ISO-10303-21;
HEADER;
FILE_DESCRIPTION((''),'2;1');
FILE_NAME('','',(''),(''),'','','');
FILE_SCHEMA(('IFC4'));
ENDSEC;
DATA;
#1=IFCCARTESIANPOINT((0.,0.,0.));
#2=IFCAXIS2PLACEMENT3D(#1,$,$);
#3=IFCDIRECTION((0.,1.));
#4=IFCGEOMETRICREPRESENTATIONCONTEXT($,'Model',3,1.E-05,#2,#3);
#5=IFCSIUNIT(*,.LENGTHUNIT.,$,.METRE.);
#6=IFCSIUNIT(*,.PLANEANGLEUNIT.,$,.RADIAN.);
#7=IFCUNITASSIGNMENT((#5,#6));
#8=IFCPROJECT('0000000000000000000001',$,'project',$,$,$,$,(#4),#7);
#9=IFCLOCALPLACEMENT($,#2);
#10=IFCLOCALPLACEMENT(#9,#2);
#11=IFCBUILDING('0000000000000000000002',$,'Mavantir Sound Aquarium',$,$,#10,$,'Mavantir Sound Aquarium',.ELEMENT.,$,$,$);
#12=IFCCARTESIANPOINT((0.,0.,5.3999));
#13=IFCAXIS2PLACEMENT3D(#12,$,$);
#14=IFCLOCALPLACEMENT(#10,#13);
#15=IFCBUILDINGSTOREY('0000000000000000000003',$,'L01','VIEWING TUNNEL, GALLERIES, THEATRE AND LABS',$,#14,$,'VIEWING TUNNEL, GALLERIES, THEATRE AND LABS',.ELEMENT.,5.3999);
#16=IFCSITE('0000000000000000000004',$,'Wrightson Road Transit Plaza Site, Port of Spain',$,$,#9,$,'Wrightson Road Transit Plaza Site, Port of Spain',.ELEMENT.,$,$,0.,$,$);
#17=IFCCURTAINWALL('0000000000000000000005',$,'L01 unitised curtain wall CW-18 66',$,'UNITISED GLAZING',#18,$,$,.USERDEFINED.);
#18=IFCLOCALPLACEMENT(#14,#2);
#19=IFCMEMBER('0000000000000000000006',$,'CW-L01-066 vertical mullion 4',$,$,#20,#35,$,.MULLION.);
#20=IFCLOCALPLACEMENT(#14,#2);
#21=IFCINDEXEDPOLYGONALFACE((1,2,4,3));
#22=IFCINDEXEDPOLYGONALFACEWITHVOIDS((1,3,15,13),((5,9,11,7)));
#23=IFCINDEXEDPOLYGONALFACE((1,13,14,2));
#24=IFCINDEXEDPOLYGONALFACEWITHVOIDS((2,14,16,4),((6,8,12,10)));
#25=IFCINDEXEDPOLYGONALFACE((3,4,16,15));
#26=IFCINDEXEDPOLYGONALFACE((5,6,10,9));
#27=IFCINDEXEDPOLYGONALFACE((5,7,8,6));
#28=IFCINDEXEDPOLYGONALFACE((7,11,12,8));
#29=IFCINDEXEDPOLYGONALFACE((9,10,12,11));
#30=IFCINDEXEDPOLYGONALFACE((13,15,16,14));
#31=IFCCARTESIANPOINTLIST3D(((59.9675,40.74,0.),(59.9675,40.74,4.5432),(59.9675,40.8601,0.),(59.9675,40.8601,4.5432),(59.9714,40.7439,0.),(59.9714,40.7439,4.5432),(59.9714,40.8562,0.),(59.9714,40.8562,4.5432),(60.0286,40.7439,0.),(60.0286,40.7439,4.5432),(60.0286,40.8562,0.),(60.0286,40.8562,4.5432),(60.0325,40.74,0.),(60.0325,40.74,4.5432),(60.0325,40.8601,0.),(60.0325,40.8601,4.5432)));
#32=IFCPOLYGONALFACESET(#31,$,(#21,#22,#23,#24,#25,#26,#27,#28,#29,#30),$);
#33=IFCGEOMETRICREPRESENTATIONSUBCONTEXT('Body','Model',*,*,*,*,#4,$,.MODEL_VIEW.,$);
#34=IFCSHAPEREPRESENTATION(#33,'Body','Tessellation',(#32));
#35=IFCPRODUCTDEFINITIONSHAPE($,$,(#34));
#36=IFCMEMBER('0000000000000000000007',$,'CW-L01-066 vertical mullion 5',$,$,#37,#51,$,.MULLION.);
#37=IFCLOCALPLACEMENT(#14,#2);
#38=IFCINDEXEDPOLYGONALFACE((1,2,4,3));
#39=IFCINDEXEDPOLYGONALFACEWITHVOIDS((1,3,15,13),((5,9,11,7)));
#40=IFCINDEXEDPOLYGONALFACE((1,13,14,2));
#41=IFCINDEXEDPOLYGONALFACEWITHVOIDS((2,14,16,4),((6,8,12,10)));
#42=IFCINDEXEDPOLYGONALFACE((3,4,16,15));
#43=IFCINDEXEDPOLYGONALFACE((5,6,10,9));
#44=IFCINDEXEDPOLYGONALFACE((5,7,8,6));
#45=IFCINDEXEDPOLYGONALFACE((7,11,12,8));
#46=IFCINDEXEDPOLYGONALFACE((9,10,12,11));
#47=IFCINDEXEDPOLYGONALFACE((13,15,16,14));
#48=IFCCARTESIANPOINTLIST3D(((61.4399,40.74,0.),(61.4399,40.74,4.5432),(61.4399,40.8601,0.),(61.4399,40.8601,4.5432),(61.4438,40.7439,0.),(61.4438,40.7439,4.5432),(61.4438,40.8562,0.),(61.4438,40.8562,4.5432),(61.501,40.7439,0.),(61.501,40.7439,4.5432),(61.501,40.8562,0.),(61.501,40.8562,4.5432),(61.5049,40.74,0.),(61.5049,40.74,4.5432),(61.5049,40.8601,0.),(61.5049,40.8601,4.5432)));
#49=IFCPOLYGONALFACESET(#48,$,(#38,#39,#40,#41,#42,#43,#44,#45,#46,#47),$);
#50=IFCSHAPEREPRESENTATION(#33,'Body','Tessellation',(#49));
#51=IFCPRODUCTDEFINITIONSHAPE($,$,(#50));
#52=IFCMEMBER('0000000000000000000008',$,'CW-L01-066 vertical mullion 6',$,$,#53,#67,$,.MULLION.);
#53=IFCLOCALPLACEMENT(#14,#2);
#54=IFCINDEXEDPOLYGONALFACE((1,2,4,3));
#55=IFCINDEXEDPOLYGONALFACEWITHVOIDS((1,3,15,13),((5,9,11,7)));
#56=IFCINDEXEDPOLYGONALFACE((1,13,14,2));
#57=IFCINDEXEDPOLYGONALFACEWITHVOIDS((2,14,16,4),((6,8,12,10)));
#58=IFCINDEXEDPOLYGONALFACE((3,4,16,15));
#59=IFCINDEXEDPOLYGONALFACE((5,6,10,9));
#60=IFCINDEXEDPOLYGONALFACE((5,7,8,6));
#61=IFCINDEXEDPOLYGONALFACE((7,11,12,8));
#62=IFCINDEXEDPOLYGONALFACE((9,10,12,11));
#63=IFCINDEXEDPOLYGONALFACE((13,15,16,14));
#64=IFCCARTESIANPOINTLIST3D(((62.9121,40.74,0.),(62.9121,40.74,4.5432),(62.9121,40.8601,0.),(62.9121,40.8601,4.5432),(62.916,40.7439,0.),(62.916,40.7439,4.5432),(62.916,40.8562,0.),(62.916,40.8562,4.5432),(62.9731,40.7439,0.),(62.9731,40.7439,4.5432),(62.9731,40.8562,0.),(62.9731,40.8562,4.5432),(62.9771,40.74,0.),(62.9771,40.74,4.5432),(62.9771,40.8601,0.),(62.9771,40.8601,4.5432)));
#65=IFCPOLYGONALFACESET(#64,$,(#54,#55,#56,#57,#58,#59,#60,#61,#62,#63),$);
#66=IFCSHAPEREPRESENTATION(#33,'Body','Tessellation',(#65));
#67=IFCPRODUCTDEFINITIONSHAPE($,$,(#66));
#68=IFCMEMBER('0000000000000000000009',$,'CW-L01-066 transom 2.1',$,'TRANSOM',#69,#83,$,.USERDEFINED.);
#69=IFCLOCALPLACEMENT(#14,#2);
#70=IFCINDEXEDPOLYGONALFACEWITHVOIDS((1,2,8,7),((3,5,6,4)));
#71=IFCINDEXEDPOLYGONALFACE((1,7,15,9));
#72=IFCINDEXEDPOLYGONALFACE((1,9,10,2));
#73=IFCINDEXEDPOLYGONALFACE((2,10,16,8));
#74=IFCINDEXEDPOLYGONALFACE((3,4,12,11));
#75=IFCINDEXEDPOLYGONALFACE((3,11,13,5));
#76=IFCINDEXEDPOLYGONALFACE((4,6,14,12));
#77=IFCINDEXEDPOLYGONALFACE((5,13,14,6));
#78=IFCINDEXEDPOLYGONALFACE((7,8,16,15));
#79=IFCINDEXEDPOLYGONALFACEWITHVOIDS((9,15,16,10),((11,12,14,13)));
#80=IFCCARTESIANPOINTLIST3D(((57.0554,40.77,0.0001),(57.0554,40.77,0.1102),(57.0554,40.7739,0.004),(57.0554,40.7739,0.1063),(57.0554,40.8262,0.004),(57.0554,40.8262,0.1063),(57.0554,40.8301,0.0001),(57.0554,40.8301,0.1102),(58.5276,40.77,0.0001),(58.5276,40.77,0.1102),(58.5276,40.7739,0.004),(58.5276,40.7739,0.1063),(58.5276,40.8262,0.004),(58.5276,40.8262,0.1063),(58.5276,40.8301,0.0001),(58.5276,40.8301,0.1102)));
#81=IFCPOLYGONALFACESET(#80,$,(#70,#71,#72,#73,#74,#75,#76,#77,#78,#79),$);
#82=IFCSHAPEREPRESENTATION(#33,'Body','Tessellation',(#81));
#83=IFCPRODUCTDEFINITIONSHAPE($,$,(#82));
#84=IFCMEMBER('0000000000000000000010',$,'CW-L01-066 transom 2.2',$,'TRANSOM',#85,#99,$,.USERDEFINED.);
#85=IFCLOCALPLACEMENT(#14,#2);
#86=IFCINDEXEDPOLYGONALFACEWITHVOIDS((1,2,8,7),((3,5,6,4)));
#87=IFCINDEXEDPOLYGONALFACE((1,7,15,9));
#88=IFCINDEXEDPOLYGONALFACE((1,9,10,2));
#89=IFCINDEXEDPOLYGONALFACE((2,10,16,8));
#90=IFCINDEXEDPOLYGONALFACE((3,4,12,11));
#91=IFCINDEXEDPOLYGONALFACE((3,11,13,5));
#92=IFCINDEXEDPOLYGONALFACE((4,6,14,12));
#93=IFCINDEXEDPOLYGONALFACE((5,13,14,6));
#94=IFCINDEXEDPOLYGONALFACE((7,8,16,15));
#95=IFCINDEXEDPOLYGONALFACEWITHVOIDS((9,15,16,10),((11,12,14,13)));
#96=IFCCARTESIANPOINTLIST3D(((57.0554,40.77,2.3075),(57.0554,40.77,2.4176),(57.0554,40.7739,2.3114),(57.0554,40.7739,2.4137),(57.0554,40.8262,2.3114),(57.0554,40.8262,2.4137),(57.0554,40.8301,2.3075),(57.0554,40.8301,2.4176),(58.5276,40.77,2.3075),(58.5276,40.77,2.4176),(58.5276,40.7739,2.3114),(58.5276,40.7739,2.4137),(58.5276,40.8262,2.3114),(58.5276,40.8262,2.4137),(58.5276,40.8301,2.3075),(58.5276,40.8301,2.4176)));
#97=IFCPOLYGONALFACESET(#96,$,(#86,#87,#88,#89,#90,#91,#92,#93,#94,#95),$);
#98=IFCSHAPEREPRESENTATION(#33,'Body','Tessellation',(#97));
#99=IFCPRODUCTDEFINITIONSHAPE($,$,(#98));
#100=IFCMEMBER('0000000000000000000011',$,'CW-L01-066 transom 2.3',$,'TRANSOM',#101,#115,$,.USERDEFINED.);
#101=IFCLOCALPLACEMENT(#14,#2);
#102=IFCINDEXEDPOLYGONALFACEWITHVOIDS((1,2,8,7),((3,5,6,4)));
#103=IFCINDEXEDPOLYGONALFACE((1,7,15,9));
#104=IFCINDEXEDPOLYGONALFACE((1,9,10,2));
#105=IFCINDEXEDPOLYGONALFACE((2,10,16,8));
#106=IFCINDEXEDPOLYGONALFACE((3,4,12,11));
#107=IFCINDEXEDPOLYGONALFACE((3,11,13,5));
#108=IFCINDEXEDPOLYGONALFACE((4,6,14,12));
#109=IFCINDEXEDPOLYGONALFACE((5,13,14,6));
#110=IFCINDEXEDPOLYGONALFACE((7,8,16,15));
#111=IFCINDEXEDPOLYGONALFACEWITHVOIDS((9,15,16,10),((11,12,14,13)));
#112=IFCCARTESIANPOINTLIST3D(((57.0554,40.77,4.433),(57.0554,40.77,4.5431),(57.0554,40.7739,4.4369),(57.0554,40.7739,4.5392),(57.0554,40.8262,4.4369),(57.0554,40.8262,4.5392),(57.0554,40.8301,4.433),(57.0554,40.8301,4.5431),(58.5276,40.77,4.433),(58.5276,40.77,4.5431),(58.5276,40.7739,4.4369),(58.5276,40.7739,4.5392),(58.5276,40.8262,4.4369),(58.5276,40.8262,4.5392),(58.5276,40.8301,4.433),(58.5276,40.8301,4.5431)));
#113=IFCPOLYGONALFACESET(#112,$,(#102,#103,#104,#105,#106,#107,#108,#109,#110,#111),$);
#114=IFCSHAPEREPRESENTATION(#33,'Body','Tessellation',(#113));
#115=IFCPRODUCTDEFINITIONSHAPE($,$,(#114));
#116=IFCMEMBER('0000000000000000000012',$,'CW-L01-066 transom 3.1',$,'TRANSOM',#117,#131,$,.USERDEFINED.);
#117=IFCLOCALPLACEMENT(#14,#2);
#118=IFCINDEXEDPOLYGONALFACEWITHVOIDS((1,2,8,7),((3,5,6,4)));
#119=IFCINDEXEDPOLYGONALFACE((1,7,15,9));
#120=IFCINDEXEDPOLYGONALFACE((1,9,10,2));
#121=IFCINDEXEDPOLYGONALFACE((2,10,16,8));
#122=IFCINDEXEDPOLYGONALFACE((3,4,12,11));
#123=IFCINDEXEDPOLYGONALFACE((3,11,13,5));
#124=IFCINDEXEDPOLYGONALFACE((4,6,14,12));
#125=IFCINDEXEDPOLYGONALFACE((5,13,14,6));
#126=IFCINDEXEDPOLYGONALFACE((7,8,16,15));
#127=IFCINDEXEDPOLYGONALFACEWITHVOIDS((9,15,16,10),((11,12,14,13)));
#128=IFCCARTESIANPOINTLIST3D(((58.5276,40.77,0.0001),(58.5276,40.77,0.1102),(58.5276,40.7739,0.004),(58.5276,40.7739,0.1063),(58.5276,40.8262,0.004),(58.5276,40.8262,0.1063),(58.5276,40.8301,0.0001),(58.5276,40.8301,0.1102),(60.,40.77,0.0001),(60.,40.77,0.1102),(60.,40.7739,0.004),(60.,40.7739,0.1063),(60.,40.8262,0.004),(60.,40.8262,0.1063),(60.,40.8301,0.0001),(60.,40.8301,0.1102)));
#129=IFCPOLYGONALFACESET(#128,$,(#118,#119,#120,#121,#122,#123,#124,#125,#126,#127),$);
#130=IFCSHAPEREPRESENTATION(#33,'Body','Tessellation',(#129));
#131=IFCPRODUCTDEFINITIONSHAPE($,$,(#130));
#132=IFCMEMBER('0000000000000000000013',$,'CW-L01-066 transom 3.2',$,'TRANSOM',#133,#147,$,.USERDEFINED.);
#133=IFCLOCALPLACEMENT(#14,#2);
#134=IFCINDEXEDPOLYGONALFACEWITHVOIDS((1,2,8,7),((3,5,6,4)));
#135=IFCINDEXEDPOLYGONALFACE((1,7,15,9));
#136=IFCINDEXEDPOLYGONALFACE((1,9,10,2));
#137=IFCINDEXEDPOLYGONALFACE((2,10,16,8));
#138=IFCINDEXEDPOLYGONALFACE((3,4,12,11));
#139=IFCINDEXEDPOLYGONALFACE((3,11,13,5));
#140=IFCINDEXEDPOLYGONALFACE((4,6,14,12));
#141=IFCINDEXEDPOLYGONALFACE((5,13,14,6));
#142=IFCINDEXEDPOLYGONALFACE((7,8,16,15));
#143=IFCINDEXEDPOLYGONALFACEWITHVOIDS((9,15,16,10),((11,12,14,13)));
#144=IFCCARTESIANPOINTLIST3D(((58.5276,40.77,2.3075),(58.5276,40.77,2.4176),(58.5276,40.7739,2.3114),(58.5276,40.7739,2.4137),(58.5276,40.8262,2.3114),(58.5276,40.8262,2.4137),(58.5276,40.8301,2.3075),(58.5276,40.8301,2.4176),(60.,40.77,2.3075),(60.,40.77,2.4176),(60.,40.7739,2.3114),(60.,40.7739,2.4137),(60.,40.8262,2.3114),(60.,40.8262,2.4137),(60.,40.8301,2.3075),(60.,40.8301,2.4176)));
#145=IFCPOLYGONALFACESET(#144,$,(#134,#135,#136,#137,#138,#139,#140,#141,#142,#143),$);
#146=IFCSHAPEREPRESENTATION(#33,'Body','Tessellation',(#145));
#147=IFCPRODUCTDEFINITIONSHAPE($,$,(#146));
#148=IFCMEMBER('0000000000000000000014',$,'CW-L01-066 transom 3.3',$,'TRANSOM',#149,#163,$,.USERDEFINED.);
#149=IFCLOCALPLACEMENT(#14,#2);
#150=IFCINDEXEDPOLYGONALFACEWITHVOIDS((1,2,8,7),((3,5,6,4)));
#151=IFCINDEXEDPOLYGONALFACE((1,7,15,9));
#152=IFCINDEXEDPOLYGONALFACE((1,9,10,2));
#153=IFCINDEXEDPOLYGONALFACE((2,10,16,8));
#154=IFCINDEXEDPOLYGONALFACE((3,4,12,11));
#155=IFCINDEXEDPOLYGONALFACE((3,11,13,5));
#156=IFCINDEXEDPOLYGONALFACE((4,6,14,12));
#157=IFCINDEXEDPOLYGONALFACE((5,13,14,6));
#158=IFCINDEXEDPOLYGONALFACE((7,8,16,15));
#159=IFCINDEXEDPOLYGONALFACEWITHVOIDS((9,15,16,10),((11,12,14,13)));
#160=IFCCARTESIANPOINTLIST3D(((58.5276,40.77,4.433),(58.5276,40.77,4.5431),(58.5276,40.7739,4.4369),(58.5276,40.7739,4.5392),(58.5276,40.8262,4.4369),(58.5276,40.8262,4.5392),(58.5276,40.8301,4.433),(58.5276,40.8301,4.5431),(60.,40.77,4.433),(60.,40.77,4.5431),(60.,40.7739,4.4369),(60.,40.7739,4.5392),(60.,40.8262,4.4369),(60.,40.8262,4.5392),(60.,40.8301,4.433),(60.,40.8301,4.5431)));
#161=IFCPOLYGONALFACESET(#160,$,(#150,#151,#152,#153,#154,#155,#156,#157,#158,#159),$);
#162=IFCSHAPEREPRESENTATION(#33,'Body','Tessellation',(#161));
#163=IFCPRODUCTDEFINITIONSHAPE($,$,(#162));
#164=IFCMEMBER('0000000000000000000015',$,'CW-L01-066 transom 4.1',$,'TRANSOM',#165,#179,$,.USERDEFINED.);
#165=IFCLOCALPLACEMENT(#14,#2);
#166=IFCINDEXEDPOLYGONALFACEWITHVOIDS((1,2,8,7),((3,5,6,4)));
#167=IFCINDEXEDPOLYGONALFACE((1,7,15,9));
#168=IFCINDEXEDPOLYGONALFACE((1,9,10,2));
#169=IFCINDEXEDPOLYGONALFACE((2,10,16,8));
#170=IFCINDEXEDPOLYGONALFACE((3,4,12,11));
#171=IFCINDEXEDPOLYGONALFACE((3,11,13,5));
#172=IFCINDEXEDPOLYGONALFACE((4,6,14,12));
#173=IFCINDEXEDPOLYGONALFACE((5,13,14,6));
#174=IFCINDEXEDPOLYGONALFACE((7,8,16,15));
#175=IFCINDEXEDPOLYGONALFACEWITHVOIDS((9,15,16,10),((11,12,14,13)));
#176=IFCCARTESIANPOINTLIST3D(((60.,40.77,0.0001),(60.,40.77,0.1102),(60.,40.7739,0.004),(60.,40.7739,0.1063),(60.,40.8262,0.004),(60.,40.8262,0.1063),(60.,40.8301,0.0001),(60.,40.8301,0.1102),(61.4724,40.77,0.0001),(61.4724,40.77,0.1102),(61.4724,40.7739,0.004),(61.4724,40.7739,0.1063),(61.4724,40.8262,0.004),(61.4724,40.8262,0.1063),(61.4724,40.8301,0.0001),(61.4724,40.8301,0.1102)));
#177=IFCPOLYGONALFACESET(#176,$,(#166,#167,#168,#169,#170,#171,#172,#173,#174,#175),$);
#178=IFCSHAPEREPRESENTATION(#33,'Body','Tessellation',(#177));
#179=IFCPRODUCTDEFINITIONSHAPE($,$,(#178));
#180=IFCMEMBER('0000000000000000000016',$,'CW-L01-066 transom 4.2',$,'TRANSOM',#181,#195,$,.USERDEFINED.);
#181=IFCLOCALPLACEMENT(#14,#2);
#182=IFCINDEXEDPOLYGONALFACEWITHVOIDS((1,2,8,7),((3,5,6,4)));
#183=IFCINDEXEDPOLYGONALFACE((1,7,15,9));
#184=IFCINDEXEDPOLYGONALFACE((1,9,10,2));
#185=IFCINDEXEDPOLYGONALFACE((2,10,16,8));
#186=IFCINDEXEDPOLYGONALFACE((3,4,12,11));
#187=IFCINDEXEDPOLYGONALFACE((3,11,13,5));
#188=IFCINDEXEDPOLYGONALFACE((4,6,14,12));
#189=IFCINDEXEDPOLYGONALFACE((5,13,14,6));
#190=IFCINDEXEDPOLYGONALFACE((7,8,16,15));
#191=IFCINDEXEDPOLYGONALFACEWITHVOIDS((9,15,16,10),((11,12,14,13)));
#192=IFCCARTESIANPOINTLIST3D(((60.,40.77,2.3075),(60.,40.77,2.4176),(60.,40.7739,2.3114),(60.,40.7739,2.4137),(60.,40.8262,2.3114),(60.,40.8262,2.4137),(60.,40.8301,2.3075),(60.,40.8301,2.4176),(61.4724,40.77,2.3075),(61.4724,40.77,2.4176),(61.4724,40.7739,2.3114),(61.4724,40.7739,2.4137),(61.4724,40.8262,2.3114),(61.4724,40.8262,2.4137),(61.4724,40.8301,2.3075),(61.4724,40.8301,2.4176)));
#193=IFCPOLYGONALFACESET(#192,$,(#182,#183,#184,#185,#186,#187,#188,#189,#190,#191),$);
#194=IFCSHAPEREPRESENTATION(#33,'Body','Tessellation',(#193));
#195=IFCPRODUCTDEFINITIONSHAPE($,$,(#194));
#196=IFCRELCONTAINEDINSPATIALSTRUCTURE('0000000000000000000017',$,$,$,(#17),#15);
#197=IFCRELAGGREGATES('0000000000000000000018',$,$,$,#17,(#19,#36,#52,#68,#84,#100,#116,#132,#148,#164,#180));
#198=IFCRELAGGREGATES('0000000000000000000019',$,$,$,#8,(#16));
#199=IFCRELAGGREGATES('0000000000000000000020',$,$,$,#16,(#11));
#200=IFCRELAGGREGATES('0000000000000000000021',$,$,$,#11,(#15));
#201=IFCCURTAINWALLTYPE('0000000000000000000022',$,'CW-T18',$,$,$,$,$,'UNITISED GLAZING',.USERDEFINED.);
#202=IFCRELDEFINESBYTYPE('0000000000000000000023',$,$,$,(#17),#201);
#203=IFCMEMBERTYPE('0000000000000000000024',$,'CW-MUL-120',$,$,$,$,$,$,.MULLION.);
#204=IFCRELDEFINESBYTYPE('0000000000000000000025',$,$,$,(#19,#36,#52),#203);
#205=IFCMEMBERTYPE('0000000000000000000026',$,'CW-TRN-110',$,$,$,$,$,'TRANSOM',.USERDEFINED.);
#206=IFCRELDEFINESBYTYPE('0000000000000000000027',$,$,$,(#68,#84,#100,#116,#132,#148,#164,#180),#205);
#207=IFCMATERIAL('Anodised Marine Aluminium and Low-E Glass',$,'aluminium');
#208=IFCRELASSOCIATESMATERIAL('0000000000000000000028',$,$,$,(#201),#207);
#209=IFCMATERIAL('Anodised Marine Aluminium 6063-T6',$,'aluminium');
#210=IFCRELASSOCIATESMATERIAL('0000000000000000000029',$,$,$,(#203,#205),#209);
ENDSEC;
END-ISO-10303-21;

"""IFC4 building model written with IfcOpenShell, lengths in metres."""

from ifc_helpers import new_model, si_unit, direction, frame, origin, origin_2d, place, context, subcontext, project, spatial, hollow_rectangle, extrude, material, material_profile, profile_set, type_object, element, aggregate, save


model = new_model("IFC4")

# Units and contexts
model_context = context("Model", 3, precision=1e-05, world=origin(), true_north=direction((0.0, 1.0)))
body_context = subcontext(model_context, "Body", "Model", "MODEL_VIEW")
ifc_project = project(units=[si_unit("LENGTHUNIT", "METRE"), si_unit("PLANEANGLEUNIT", "RADIAN")], contexts=[model_context])

# Site, building, storey
site_placement = place(None, origin())
site = spatial("IfcSite", under=ifc_project, at=site_placement, Name="Wrightson Road Transit Plaza Site, Port of Spain", LongName="Wrightson Road Transit Plaza Site, Port of Spain", CompositionType="ELEMENT", RefElevation=0.0)
building_placement = place(site_placement, origin())
building = spatial("IfcBuilding", under=site, at=building_placement, Name="Mavantir Sound Aquarium", LongName="Mavantir Sound Aquarium", CompositionType="ELEMENT")
storey_placement = place(building_placement, frame((0.0, 0.0, 5.3999)))
storey = spatial("IfcBuildingStorey", under=building, at=storey_placement, Name="L01", Description="VIEWING TUNNEL, GALLERIES, THEATRE AND LABS", LongName="VIEWING TUNNEL, GALLERIES, THEATRE AND LABS", CompositionType="ELEMENT", Elevation=5.3999)

# Curtain wall, members
ifc_material_1 = material(Name="Anodised Marine Aluminium and Low-E Glass", Category="aluminium")
curtain_wall_type = type_object("IfcCurtainWallType", Name="CW-T18", ElementType="UNITISED GLAZING", PredefinedType="USERDEFINED", material=ifc_material_1)
curtain_wall_placement = place(storey_placement, origin())
curtain_wall = element("IfcCurtainWall", 1, at=curtain_wall_placement, inside=storey, type_object=curtain_wall_type, Name="L01 unitised curtain wall CW-18 66", ObjectType="UNITISED GLAZING", PredefinedType="USERDEFINED")
ifc_material_2 = material(Name="Anodised Marine Aluminium 6063-T6", Category="aluminium")
ifc_material_profile_1 = material_profile(ifc_material_2, hollow_rectangle(XDim=0.0649, YDim=0.1201, WallThickness=0.0039, at=origin_2d()), Name="ALU-MULLION-120X65")
ifc_profile_set_1 = profile_set([ifc_material_profile_1], Name="Anodised Marine Aluminium 6063-T6")
member_type_1 = type_object("IfcMemberType", Name="CW-MUL-120", PredefinedType="MULLION", material=ifc_profile_set_1)
member_1_placement = place(storey_placement, frame((60.0, 40.8, 0.0), z_axis=(0.0, 0.0, 1.0), x_axis=(1.0, 0.0, 0.0)))
member_1 = element("IfcMember", 2, at=member_1_placement, type_object=member_type_1, Name="CW-L01-066 vertical mullion 4", PredefinedType="MULLION", context=body_context, shape_type="SweptSolid", body=[
    extrude(hollow_rectangle(XDim=0.0649, YDim=0.1201, WallThickness=0.0039, at=origin_2d()), origin(), (0.0, 0.0, 1.0), 4.5432),
])
member_2_placement = place(storey_placement, frame((61.4724, 40.8, 0.0), z_axis=(0.0, 0.0, 1.0), x_axis=(1.0, 0.0, 0.0)))
member_2 = element("IfcMember", 3, at=member_2_placement, type_object=member_type_1, Name="CW-L01-066 vertical mullion 5", PredefinedType="MULLION", context=body_context, shape_type="SweptSolid", body=[
    extrude(hollow_rectangle(XDim=0.0649, YDim=0.1201, WallThickness=0.0039, at=origin_2d()), origin(), (0.0, 0.0, 1.0), 4.5432),
])
member_3_placement = place(storey_placement, frame((62.9446, 40.8, 0.0), z_axis=(0.0, 0.0, 1.0), x_axis=(1.0, 0.0, 0.0)))
member_3 = element("IfcMember", 4, at=member_3_placement, type_object=member_type_1, Name="CW-L01-066 vertical mullion 6", PredefinedType="MULLION", context=body_context, shape_type="SweptSolid", body=[
    extrude(hollow_rectangle(XDim=0.0649, YDim=0.1201, WallThickness=0.0039, at=origin_2d()), origin(), (0.0, 0.0, 1.0), 4.5432),
])
ifc_material_profile_2 = material_profile(ifc_material_2, hollow_rectangle(XDim=0.0601, YDim=0.1101, WallThickness=0.0039, at=origin_2d()), Name="ALU-TRANSOM-110X60")
ifc_profile_set_2 = profile_set([ifc_material_profile_2], Name="Anodised Marine Aluminium 6063-T6")
member_type_2 = type_object("IfcMemberType", Name="CW-TRN-110", ElementType="TRANSOM", PredefinedType="USERDEFINED", material=ifc_profile_set_2)
member_4_placement = place(storey_placement, frame((57.0554, 40.8, 0.0552), z_axis=(1.0, 0.0, 0.0), x_axis=(0.0, 1.0, 0.0)))
member_4 = element("IfcMember", 5, at=member_4_placement, type_object=member_type_2, Name="CW-L01-066 transom 2.1", ObjectType="TRANSOM", PredefinedType="USERDEFINED", context=body_context, shape_type="SweptSolid", body=[
    extrude(hollow_rectangle(XDim=0.0601, YDim=0.1101, WallThickness=0.0039, at=origin_2d()), origin(), (0.0, 0.0, 1.0), 1.4722),
])
member_5_placement = place(storey_placement, frame((57.0554, 40.8, 2.3625), z_axis=(1.0, 0.0, 0.0), x_axis=(0.0, 1.0, 0.0)))
member_5 = element("IfcMember", 6, at=member_5_placement, type_object=member_type_2, Name="CW-L01-066 transom 2.2", ObjectType="TRANSOM", PredefinedType="USERDEFINED", context=body_context, shape_type="SweptSolid", body=[
    extrude(hollow_rectangle(XDim=0.0601, YDim=0.1101, WallThickness=0.0039, at=origin_2d()), origin(), (0.0, 0.0, 1.0), 1.4722),
])
member_6_placement = place(storey_placement, frame((57.0554, 40.8, 4.488), z_axis=(1.0, 0.0, 0.0), x_axis=(0.0, 1.0, 0.0)))
member_6 = element("IfcMember", 7, at=member_6_placement, type_object=member_type_2, Name="CW-L01-066 transom 2.3", ObjectType="TRANSOM", PredefinedType="USERDEFINED", context=body_context, shape_type="SweptSolid", body=[
    extrude(hollow_rectangle(XDim=0.0601, YDim=0.1101, WallThickness=0.0039, at=origin_2d()), origin(), (0.0, 0.0, 1.0), 1.4722),
])
member_7_placement = place(storey_placement, frame((58.5276, 40.8, 0.0552), z_axis=(1.0, 0.0, 0.0), x_axis=(0.0, 1.0, 0.0)))
member_7 = element("IfcMember", 8, at=member_7_placement, type_object=member_type_2, Name="CW-L01-066 transom 3.1", ObjectType="TRANSOM", PredefinedType="USERDEFINED", context=body_context, shape_type="SweptSolid", body=[
    extrude(hollow_rectangle(XDim=0.0601, YDim=0.1101, WallThickness=0.0039, at=origin_2d()), origin(), (0.0, 0.0, 1.0), 1.4724),
])
member_8_placement = place(storey_placement, frame((58.5276, 40.8, 2.3625), z_axis=(1.0, 0.0, 0.0), x_axis=(0.0, 1.0, 0.0)))
member_8 = element("IfcMember", 9, at=member_8_placement, type_object=member_type_2, Name="CW-L01-066 transom 3.2", ObjectType="TRANSOM", PredefinedType="USERDEFINED", context=body_context, shape_type="SweptSolid", body=[
    extrude(hollow_rectangle(XDim=0.0601, YDim=0.1101, WallThickness=0.0039, at=origin_2d()), origin(), (0.0, 0.0, 1.0), 1.4724),
])
member_9_placement = place(storey_placement, frame((58.5276, 40.8, 4.488), z_axis=(1.0, 0.0, 0.0), x_axis=(0.0, 1.0, 0.0)))
member_9 = element("IfcMember", 10, at=member_9_placement, type_object=member_type_2, Name="CW-L01-066 transom 3.3", ObjectType="TRANSOM", PredefinedType="USERDEFINED", context=body_context, shape_type="SweptSolid", body=[
    extrude(hollow_rectangle(XDim=0.0601, YDim=0.1101, WallThickness=0.0039, at=origin_2d()), origin(), (0.0, 0.0, 1.0), 1.4724),
])
member_10_placement = place(storey_placement, frame((60.0, 40.8, 0.0552), z_axis=(1.0, 0.0, 0.0), x_axis=(0.0, 1.0, 0.0)))
member_10 = element("IfcMember", 11, at=member_10_placement, type_object=member_type_2, Name="CW-L01-066 transom 4.1", ObjectType="TRANSOM", PredefinedType="USERDEFINED", context=body_context, shape_type="SweptSolid", body=[
    extrude(hollow_rectangle(XDim=0.0601, YDim=0.1101, WallThickness=0.0039, at=origin_2d()), origin(), (0.0, 0.0, 1.0), 1.4724),
])
member_11_placement = place(storey_placement, frame((60.0, 40.8, 2.3625), z_axis=(1.0, 0.0, 0.0), x_axis=(0.0, 1.0, 0.0)))
member_11 = element("IfcMember", 12, at=member_11_placement, type_object=member_type_2, Name="CW-L01-066 transom 4.2", ObjectType="TRANSOM", PredefinedType="USERDEFINED", context=body_context, shape_type="SweptSolid", body=[
    extrude(hollow_rectangle(XDim=0.0601, YDim=0.1101, WallThickness=0.0039, at=origin_2d()), origin(), (0.0, 0.0, 1.0), 1.4724),
])
aggregate(curtain_wall, [member_1, member_2, member_3, member_4, member_5, member_6, member_7, member_8, member_9, member_10, member_11])

save(model, "model.ifc")
